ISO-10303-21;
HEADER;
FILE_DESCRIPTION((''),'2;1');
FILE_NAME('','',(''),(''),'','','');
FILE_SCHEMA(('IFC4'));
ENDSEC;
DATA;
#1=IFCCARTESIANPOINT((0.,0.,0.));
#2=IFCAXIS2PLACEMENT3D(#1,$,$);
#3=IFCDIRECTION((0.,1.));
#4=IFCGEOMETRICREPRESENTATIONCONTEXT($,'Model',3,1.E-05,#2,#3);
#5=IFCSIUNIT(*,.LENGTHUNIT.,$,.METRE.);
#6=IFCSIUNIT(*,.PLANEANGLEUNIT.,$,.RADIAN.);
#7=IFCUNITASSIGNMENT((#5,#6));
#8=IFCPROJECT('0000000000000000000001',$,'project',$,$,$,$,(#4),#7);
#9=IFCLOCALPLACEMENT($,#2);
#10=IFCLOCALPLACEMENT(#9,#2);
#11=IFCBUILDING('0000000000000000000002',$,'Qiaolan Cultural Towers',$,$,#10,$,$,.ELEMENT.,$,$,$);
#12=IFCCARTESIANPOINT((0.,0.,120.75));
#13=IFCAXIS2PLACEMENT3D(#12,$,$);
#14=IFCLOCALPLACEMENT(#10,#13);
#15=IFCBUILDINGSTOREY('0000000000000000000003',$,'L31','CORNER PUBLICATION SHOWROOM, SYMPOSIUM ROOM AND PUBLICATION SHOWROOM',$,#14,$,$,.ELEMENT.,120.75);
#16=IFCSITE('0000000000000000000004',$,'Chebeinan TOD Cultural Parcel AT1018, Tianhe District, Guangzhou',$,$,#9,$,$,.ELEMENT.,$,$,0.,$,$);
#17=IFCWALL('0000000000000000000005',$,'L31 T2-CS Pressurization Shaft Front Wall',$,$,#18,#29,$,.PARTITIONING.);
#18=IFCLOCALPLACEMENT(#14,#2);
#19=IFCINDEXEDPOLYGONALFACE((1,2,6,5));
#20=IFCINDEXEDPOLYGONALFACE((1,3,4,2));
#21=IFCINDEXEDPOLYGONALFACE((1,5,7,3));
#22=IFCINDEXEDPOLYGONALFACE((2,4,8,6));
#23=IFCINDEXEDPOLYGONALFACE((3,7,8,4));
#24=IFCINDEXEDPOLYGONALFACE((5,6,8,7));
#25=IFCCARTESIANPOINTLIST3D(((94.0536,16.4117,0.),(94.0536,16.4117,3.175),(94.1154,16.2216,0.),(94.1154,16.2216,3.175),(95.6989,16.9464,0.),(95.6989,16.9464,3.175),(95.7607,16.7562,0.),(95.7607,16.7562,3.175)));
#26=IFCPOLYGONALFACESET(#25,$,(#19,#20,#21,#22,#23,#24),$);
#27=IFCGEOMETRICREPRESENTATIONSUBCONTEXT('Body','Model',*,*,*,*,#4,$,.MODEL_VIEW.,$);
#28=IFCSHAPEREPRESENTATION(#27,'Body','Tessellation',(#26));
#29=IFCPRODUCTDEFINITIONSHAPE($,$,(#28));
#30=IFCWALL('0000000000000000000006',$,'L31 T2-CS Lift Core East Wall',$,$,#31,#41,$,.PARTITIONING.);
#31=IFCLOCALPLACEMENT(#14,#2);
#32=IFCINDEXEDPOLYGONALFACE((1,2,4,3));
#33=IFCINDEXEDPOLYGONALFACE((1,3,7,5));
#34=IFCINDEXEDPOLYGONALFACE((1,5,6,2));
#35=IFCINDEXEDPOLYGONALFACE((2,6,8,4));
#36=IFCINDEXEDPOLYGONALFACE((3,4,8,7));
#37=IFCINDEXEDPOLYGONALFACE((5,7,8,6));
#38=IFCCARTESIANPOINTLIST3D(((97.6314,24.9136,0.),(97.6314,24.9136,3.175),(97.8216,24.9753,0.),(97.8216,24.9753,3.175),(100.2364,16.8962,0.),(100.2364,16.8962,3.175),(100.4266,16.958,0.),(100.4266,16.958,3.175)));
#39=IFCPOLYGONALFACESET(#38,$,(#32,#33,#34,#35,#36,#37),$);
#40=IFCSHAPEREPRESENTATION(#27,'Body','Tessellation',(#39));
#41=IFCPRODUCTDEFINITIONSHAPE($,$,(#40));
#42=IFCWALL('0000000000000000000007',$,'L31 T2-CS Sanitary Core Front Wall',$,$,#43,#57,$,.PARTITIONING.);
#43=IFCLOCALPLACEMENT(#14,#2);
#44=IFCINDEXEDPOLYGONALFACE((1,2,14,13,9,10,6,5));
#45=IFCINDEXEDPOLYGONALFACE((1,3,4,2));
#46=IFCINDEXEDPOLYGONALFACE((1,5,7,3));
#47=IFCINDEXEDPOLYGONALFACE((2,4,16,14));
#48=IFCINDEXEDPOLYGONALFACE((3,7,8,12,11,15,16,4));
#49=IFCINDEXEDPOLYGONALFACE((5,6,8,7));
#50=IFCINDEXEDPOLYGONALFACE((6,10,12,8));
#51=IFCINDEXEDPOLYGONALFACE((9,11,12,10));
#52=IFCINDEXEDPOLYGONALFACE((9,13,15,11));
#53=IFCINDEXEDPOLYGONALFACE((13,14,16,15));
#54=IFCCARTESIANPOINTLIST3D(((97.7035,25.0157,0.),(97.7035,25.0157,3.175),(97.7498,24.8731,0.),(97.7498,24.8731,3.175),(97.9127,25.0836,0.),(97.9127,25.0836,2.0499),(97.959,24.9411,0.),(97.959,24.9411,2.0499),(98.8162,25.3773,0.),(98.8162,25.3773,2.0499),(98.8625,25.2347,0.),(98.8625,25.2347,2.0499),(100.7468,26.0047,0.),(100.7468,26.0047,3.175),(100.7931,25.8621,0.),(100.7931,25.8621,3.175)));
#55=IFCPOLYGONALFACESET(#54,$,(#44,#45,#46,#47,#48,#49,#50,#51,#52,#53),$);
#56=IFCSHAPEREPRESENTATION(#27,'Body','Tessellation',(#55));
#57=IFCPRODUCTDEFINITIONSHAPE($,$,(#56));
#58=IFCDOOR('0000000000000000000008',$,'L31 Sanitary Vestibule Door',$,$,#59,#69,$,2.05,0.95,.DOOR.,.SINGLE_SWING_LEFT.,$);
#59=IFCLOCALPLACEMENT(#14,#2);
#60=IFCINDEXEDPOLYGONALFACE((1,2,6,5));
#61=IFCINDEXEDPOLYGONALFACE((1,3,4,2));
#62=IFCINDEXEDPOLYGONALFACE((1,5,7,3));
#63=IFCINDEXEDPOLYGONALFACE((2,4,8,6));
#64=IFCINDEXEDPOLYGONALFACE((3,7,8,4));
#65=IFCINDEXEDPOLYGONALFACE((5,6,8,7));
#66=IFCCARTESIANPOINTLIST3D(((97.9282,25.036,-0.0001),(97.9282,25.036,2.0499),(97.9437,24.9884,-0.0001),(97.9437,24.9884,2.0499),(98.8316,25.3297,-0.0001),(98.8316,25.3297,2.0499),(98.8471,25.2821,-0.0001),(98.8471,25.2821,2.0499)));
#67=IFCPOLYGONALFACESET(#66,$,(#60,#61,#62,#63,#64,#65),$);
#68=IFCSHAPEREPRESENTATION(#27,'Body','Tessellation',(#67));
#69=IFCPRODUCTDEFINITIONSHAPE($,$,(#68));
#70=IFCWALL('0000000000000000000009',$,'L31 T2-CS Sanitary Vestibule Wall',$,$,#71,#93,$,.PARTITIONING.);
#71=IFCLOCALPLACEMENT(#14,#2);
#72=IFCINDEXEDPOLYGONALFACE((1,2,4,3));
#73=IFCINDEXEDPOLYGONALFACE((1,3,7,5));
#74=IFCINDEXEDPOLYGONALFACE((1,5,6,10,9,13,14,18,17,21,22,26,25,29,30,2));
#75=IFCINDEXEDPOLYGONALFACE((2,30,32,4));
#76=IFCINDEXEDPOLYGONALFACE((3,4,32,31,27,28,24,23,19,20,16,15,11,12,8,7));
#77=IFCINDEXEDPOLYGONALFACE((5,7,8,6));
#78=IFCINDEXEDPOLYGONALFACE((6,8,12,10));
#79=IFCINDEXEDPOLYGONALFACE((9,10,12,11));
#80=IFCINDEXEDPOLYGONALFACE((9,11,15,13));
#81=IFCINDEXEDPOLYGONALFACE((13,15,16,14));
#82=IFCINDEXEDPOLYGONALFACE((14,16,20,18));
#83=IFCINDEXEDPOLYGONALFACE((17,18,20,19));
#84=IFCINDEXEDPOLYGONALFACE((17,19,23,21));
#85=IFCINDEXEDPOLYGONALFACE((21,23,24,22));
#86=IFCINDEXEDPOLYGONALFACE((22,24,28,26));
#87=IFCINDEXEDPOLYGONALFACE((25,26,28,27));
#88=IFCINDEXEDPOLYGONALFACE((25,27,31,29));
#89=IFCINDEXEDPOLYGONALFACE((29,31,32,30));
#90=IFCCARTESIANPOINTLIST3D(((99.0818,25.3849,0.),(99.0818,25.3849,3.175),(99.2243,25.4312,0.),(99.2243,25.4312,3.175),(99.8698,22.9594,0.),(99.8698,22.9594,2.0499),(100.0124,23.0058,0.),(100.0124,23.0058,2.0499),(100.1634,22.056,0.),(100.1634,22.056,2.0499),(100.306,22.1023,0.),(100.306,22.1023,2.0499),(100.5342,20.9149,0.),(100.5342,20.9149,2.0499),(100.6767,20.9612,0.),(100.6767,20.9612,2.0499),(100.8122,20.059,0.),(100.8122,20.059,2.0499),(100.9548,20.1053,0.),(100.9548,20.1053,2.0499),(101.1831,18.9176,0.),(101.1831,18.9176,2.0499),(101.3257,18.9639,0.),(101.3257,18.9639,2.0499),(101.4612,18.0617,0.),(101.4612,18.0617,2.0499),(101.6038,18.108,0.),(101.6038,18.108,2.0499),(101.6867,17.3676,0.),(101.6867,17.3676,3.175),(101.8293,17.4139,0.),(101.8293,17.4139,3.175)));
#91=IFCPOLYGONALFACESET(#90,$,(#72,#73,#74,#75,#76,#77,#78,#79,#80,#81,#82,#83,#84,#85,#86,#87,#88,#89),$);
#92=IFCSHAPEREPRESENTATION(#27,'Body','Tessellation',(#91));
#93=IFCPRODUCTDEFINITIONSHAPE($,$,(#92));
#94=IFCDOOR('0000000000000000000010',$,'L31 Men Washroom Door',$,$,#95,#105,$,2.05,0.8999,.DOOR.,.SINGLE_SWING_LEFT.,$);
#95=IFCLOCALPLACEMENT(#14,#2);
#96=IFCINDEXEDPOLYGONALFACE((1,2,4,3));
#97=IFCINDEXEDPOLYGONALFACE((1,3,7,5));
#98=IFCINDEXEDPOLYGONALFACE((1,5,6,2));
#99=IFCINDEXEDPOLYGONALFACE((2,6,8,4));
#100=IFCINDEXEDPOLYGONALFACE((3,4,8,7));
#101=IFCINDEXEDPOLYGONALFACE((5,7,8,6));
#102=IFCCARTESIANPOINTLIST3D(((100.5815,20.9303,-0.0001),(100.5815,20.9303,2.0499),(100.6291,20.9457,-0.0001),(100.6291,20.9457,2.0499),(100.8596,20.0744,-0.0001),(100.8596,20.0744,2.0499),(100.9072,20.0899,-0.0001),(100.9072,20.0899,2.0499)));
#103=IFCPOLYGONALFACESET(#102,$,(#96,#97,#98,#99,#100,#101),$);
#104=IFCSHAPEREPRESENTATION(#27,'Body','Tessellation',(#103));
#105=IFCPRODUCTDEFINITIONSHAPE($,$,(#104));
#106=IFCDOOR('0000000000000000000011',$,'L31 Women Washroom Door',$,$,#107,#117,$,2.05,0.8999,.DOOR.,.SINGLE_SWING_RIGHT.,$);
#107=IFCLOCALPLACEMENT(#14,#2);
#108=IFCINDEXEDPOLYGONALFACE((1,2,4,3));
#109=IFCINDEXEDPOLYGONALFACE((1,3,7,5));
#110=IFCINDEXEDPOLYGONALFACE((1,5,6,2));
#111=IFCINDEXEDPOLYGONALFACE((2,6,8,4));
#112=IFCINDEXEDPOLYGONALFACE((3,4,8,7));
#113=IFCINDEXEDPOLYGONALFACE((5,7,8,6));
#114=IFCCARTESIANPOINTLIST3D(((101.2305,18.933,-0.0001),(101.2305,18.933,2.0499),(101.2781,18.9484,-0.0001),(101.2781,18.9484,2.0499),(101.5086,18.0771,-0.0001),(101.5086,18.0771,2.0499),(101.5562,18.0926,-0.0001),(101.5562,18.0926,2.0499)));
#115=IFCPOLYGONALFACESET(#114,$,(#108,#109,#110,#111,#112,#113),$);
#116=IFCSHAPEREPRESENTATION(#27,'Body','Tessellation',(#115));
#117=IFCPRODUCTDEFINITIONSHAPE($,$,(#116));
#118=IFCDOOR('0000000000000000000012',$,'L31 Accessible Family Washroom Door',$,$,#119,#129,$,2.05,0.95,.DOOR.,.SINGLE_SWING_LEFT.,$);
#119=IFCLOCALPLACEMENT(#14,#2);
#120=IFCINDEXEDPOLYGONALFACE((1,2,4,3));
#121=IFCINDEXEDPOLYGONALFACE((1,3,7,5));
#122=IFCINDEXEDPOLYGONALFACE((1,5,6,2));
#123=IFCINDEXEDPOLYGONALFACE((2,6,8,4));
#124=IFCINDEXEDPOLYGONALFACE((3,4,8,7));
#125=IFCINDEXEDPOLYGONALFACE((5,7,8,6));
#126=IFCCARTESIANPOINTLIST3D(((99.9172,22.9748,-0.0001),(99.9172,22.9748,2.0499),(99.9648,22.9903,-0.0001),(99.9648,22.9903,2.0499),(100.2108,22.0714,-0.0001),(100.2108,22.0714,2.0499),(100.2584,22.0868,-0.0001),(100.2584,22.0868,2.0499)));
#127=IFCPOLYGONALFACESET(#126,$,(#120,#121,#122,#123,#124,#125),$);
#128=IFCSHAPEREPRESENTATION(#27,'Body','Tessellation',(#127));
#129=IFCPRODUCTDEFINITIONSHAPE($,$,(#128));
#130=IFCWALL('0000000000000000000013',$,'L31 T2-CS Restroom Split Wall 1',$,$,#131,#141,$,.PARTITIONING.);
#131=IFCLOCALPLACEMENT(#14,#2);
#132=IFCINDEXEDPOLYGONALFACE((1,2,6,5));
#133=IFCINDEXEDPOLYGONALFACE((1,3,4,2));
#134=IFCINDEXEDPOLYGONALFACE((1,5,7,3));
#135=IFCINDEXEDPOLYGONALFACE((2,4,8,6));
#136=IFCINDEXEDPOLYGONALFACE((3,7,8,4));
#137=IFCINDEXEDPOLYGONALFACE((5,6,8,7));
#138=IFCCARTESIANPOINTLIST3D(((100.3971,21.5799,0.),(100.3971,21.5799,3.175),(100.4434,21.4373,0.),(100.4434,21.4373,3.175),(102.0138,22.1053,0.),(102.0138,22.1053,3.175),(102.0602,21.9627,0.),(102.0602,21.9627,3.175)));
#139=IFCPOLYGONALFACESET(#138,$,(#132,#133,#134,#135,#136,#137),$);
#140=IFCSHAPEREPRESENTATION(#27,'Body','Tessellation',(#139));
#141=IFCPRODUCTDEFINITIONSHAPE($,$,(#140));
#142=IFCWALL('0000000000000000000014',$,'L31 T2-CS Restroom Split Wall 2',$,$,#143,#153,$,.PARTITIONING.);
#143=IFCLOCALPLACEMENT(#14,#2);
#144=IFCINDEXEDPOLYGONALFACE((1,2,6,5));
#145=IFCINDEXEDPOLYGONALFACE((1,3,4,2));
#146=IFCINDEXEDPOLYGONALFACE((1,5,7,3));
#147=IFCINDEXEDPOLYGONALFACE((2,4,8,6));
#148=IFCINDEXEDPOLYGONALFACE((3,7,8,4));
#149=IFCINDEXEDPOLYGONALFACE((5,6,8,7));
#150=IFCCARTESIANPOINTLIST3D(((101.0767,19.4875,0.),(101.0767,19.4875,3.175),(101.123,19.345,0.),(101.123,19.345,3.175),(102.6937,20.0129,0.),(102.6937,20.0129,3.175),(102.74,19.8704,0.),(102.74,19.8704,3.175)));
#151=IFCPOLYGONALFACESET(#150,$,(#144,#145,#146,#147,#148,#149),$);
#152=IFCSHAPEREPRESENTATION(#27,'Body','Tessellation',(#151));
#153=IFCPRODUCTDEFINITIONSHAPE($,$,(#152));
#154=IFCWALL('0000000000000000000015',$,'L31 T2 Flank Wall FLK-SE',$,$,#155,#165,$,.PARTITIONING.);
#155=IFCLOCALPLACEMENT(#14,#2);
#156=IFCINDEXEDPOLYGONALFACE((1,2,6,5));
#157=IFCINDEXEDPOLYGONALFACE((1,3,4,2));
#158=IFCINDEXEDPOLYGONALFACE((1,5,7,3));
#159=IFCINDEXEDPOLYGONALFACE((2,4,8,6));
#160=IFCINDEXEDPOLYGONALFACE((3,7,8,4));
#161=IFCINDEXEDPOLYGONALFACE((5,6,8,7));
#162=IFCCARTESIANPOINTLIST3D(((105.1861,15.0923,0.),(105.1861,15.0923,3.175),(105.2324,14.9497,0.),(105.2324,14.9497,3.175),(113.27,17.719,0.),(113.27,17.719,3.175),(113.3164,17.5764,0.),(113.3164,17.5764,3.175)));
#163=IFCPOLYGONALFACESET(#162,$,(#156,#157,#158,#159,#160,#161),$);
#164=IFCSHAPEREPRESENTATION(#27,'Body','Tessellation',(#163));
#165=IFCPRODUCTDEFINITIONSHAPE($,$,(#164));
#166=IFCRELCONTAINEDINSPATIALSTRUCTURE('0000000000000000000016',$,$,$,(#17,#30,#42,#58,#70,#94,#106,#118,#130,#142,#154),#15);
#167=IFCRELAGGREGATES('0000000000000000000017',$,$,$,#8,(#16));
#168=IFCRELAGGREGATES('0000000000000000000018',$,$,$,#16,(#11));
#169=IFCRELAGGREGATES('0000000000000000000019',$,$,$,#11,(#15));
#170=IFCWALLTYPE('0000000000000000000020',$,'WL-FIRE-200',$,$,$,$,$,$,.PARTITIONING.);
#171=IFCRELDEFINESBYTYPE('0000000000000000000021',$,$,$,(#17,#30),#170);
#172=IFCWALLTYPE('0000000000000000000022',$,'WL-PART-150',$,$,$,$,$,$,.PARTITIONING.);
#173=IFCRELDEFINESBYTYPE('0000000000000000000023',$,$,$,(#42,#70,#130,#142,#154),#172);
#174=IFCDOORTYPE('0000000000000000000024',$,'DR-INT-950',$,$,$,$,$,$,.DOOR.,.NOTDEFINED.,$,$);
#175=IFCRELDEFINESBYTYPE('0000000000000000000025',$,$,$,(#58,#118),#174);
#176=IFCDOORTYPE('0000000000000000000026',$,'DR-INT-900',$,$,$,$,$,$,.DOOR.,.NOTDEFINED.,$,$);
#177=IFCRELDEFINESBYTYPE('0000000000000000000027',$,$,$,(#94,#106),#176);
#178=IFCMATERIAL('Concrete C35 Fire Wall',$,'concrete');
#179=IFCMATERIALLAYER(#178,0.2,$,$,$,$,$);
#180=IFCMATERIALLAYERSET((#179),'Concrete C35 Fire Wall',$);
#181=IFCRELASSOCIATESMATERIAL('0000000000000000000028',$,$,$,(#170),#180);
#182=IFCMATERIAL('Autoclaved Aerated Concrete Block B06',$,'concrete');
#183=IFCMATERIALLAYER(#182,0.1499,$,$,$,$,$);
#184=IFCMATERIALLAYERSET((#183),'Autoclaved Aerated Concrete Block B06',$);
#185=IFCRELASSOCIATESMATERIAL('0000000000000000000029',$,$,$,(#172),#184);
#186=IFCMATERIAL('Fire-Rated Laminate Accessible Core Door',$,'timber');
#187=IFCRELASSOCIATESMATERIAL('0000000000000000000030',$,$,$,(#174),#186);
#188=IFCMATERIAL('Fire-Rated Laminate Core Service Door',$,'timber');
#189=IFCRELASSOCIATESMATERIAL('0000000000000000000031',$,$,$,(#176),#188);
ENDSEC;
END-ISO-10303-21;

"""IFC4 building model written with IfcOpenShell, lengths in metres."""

from ifc_helpers import new_model, si_unit, direction, frame, frame_2d, origin, place, context, subcontext, project, spatial, rectangle, extrude, material, layer, layer_set, type_object, element, fill, save


model = new_model("IFC4")

# Units and contexts
model_context = context("Model", 3, precision=1e-05, world=origin(), true_north=direction((0.0, 1.0)))
body_context = subcontext(model_context, "Body", "Model", "MODEL_VIEW")
ifc_project = project(units=[si_unit("LENGTHUNIT", "METRE"), si_unit("PLANEANGLEUNIT", "RADIAN")], contexts=[model_context])

# Site, building, storey
site_placement = place(None, origin())
site = spatial("IfcSite", under=ifc_project, at=site_placement, Name="Chebeinan TOD Cultural Parcel AT1018, Tianhe District, Guangzhou", CompositionType="ELEMENT", RefElevation=0.0)
building_placement = place(site_placement, origin())
building = spatial("IfcBuilding", under=site, at=building_placement, Name="Qiaolan Cultural Towers", CompositionType="ELEMENT")
storey_placement = place(building_placement, frame((0.0, 0.0, 120.75)))
storey = spatial("IfcBuildingStorey", under=building, at=storey_placement, Name="L31", Description="CORNER PUBLICATION SHOWROOM, SYMPOSIUM ROOM AND PUBLICATION SHOWROOM", CompositionType="ELEMENT", Elevation=120.75)

# Walls
ifc_material_1 = material(Name="Concrete C35 Fire Wall", Category="concrete")
ifc_layer_1 = layer(ifc_material_1, 0.2)
ifc_layer_set_1 = layer_set([ifc_layer_1], Name="Concrete C35 Fire Wall")
wall_type_1 = type_object("IfcWallType", Name="WL-FIRE-200", PredefinedType="PARTITIONING", material=ifc_layer_set_1)
wall_1_placement = place(storey_placement, frame((94.0845, 16.3167, 0.0), z_axis=(0.0, 0.0, 1.0), x_axis=(0.951041, 0.309064, 0.0)))
element("IfcWall", 1, at=wall_1_placement, inside=storey, type_object=wall_type_1, Name="L31 T2-CS Pressurization Shaft Front Wall", PredefinedType="PARTITIONING", context=body_context, shape_type="SweptSolid", body=[
    extrude(rectangle(XDim=1.73, YDim=0.2, at=frame_2d((0.865, 0.0))), origin(), (0.0, 0.0, 1.0), 3.175),
])
wall_2_placement = place(storey_placement, frame((97.7266, 24.9443, 0.0), z_axis=(0.0, 0.0, 1.0), x_axis=(0.309016, -0.951057, 0.0)))
element("IfcWall", 2, at=wall_2_placement, inside=storey, type_object=wall_type_1, Name="L31 T2-CS Lift Core East Wall", PredefinedType="PARTITIONING", context=body_context, shape_type="SweptSolid", body=[
    extrude(rectangle(XDim=8.4299, YDim=0.2, at=frame_2d((4.2148, 0.0))), origin(), (0.0, 0.0, 1.0), 3.175),
])

# Wall, opening, door
ifc_material_2 = material(Name="Autoclaved Aerated Concrete Block B06", Category="concrete")
ifc_layer_2 = layer(ifc_material_2, 0.1499)
ifc_layer_set_2 = layer_set([ifc_layer_2], Name="Autoclaved Aerated Concrete Block B06")
wall_type_2 = type_object("IfcWallType", Name="WL-PART-150", PredefinedType="PARTITIONING", material=ifc_layer_set_2)
wall_3_placement = place(storey_placement, frame((97.7266, 24.9443, 0.0), z_axis=(0.0, 0.0, 1.0), x_axis=(0.951037, 0.309077, 0.0)))
wall_3 = element("IfcWall", 3, at=wall_3_placement, inside=storey, type_object=wall_type_2, Name="L31 T2-CS Sanitary Core Front Wall", PredefinedType="PARTITIONING", context=body_context, shape_type="SweptSolid", body=[
    extrude(rectangle(XDim=3.2, YDim=0.1499, at=frame_2d((1.6001, 0.0))), origin(), (0.0, 0.0, 1.0), 3.175),
])
opening_1_placement = place(wall_3_placement, frame((0.22, 0.0, 0.0)))
opening_1 = element("IfcOpeningElement", 4, at=opening_1_placement, cuts=wall_3, PredefinedType="OPENING", context=body_context, shape_type="SweptSolid", body=[
    extrude(rectangle(XDim=0.95, YDim=2.05, at=frame_2d((0.4751, 1.0249))), frame((0.0, 0.085, 0.0), z_axis=(0.0, -1.0, 0.0), x_axis=(1.0, 0.0, 0.0)), (0.0, 0.0, 1.0), 0.1699),
])
ifc_material_3 = material(Name="Fire-Rated Laminate Accessible Core Door", Category="timber")
door_type_1 = type_object("IfcDoorType", Name="DR-INT-950", OperationType="NOTDEFINED", PredefinedType="DOOR", material=ifc_material_3)
door_1_placement = place(opening_1_placement, origin())
door_1 = element("IfcDoor", 5, at=door_1_placement, inside=storey, type_object=door_type_1, Name="L31 Sanitary Vestibule Door", OperationType="SINGLE_SWING_LEFT", OverallHeight=2.05, OverallWidth=0.95, PredefinedType="DOOR", context=body_context, shape_type="SweptSolid", body=[
    extrude(rectangle(XDim=0.95, YDim=2.05, at=frame_2d((0.4751, 1.0249))), frame((0.0, 0.0249, 0.0), z_axis=(0.0, -1.0, 0.0), x_axis=(1.0, 0.0, 0.0)), (0.0, 0.0, 1.0), 0.05),
])
fill(opening_1, door_1)

# Wall, openings, doors
wall_4_placement = place(storey_placement, frame((99.1531, 25.408, 0.0), z_axis=(0.0, 0.0, 1.0), x_axis=(0.309016, -0.951057, 0.0)))
wall_4 = element("IfcWall", 6, at=wall_4_placement, inside=storey, type_object=wall_type_2, Name="L31 T2-CS Sanitary Vestibule Wall", PredefinedType="PARTITIONING", context=body_context, shape_type="SweptSolid", body=[
    extrude(rectangle(XDim=8.4299, YDim=0.1499, at=frame_2d((4.2148, 0.0))), origin(), (0.0, 0.0, 1.0), 3.175),
])
opening_2_placement = place(wall_4_placement, frame((2.55, 0.0, 0.0)))
opening_2 = element("IfcOpeningElement", 7, at=opening_2_placement, cuts=wall_4, PredefinedType="OPENING", context=body_context, shape_type="SweptSolid", body=[
    extrude(rectangle(XDim=0.95, YDim=2.05, at=frame_2d((0.4751, 1.0249))), frame((0.0, 0.085, 0.0), z_axis=(0.0, -1.0, 0.0), x_axis=(1.0, 0.0, 0.0)), (0.0, 0.0, 1.0), 0.1699),
])
opening_3_placement = place(wall_4_placement, frame((4.7, 0.0, 0.0)))
opening_3 = element("IfcOpeningElement", 8, at=opening_3_placement, cuts=wall_4, PredefinedType="OPENING", context=body_context, shape_type="SweptSolid", body=[
    extrude(rectangle(XDim=0.8999, YDim=2.05, at=frame_2d((0.45, 1.0249))), frame((0.0, 0.085, 0.0), z_axis=(0.0, -1.0, 0.0), x_axis=(1.0, 0.0, 0.0)), (0.0, 0.0, 1.0), 0.1699),
])
opening_4_placement = place(wall_4_placement, frame((6.8, 0.0, 0.0)))
opening_4 = element("IfcOpeningElement", 9, at=opening_4_placement, cuts=wall_4, PredefinedType="OPENING", context=body_context, shape_type="SweptSolid", body=[
    extrude(rectangle(XDim=0.8999, YDim=2.05, at=frame_2d((0.45, 1.0249))), frame((0.0, 0.085, 0.0), z_axis=(0.0, -1.0, 0.0), x_axis=(1.0, 0.0, 0.0)), (0.0, 0.0, 1.0), 0.1699),
])
ifc_material_4 = material(Name="Fire-Rated Laminate Core Service Door", Category="timber")
door_type_2 = type_object("IfcDoorType", Name="DR-INT-900", OperationType="NOTDEFINED", PredefinedType="DOOR", material=ifc_material_4)
door_2_placement = place(opening_3_placement, origin())
door_2 = element("IfcDoor", 10, at=door_2_placement, inside=storey, type_object=door_type_2, Name="L31 Men Washroom Door", OperationType="SINGLE_SWING_LEFT", OverallHeight=2.05, OverallWidth=0.8999, PredefinedType="DOOR", context=body_context, shape_type="SweptSolid", body=[
    extrude(rectangle(XDim=0.8999, YDim=2.05, at=frame_2d((0.45, 1.0249))), frame((0.0, 0.0249, 0.0), z_axis=(0.0, -1.0, 0.0), x_axis=(1.0, 0.0, 0.0)), (0.0, 0.0, 1.0), 0.05),
])
fill(opening_3, door_2)
door_3_placement = place(opening_4_placement, origin())
door_3 = element("IfcDoor", 11, at=door_3_placement, inside=storey, type_object=door_type_2, Name="L31 Women Washroom Door", OperationType="SINGLE_SWING_RIGHT", OverallHeight=2.05, OverallWidth=0.8999, PredefinedType="DOOR", context=body_context, shape_type="SweptSolid", body=[
    extrude(rectangle(XDim=0.8999, YDim=2.05, at=frame_2d((0.45, 1.0249))), frame((0.0, 0.0249, 0.0), z_axis=(0.0, -1.0, 0.0), x_axis=(1.0, 0.0, 0.0)), (0.0, 0.0, 1.0), 0.05),
])
fill(opening_4, door_3)
door_4_placement = place(opening_2_placement, origin())
door_4 = element("IfcDoor", 12, at=door_4_placement, inside=storey, type_object=door_type_1, Name="L31 Accessible Family Washroom Door", OperationType="SINGLE_SWING_LEFT", OverallHeight=2.05, OverallWidth=0.95, PredefinedType="DOOR", context=body_context, shape_type="SweptSolid", body=[
    extrude(rectangle(XDim=0.95, YDim=2.05, at=frame_2d((0.4751, 1.0249))), frame((0.0, 0.0249, 0.0), z_axis=(0.0, -1.0, 0.0), x_axis=(1.0, 0.0, 0.0)), (0.0, 0.0, 1.0), 0.05),
])
fill(opening_2, door_4)

# Walls
wall_5_placement = place(storey_placement, frame((100.4202, 21.5085, 0.0), z_axis=(0.0, 0.0, 1.0), x_axis=(0.95104, 0.309067, 0.0)))
element("IfcWall", 13, at=wall_5_placement, inside=storey, type_object=wall_type_2, Name="L31 T2-CS Restroom Split Wall 1", PredefinedType="PARTITIONING", context=body_context, shape_type="SweptSolid", body=[
    extrude(rectangle(XDim=1.7, YDim=0.1499, at=frame_2d((0.8501, 0.0))), origin(), (0.0, 0.0, 1.0), 3.175),
])
wall_6_placement = place(storey_placement, frame((101.0999, 19.4163, 0.0), z_axis=(0.0, 0.0, 1.0), x_axis=(0.951054, 0.309024, 0.0)))
element("IfcWall", 14, at=wall_6_placement, inside=storey, type_object=wall_type_2, Name="L31 T2-CS Restroom Split Wall 2", PredefinedType="PARTITIONING", context=body_context, shape_type="SweptSolid", body=[
    extrude(rectangle(XDim=1.7002, YDim=0.1499, at=frame_2d((0.8501, 0.0))), origin(), (0.0, 0.0, 1.0), 3.175),
])
wall_7_placement = place(storey_placement, frame((105.2092, 15.021, 0.0), z_axis=(0.0, 0.0, 1.0), x_axis=(0.951054, 0.309024, 0.0)))
element("IfcWall", 15, at=wall_7_placement, inside=storey, type_object=wall_type_2, Name="L31 T2 Flank Wall FLK-SE", PredefinedType="PARTITIONING", context=body_context, shape_type="SweptSolid", body=[
    extrude(rectangle(XDim=8.5, YDim=0.1499, at=frame_2d((4.25, 0.0))), origin(), (0.0, 0.0, 1.0), 3.175),
])

save(model, "model.ifc")
